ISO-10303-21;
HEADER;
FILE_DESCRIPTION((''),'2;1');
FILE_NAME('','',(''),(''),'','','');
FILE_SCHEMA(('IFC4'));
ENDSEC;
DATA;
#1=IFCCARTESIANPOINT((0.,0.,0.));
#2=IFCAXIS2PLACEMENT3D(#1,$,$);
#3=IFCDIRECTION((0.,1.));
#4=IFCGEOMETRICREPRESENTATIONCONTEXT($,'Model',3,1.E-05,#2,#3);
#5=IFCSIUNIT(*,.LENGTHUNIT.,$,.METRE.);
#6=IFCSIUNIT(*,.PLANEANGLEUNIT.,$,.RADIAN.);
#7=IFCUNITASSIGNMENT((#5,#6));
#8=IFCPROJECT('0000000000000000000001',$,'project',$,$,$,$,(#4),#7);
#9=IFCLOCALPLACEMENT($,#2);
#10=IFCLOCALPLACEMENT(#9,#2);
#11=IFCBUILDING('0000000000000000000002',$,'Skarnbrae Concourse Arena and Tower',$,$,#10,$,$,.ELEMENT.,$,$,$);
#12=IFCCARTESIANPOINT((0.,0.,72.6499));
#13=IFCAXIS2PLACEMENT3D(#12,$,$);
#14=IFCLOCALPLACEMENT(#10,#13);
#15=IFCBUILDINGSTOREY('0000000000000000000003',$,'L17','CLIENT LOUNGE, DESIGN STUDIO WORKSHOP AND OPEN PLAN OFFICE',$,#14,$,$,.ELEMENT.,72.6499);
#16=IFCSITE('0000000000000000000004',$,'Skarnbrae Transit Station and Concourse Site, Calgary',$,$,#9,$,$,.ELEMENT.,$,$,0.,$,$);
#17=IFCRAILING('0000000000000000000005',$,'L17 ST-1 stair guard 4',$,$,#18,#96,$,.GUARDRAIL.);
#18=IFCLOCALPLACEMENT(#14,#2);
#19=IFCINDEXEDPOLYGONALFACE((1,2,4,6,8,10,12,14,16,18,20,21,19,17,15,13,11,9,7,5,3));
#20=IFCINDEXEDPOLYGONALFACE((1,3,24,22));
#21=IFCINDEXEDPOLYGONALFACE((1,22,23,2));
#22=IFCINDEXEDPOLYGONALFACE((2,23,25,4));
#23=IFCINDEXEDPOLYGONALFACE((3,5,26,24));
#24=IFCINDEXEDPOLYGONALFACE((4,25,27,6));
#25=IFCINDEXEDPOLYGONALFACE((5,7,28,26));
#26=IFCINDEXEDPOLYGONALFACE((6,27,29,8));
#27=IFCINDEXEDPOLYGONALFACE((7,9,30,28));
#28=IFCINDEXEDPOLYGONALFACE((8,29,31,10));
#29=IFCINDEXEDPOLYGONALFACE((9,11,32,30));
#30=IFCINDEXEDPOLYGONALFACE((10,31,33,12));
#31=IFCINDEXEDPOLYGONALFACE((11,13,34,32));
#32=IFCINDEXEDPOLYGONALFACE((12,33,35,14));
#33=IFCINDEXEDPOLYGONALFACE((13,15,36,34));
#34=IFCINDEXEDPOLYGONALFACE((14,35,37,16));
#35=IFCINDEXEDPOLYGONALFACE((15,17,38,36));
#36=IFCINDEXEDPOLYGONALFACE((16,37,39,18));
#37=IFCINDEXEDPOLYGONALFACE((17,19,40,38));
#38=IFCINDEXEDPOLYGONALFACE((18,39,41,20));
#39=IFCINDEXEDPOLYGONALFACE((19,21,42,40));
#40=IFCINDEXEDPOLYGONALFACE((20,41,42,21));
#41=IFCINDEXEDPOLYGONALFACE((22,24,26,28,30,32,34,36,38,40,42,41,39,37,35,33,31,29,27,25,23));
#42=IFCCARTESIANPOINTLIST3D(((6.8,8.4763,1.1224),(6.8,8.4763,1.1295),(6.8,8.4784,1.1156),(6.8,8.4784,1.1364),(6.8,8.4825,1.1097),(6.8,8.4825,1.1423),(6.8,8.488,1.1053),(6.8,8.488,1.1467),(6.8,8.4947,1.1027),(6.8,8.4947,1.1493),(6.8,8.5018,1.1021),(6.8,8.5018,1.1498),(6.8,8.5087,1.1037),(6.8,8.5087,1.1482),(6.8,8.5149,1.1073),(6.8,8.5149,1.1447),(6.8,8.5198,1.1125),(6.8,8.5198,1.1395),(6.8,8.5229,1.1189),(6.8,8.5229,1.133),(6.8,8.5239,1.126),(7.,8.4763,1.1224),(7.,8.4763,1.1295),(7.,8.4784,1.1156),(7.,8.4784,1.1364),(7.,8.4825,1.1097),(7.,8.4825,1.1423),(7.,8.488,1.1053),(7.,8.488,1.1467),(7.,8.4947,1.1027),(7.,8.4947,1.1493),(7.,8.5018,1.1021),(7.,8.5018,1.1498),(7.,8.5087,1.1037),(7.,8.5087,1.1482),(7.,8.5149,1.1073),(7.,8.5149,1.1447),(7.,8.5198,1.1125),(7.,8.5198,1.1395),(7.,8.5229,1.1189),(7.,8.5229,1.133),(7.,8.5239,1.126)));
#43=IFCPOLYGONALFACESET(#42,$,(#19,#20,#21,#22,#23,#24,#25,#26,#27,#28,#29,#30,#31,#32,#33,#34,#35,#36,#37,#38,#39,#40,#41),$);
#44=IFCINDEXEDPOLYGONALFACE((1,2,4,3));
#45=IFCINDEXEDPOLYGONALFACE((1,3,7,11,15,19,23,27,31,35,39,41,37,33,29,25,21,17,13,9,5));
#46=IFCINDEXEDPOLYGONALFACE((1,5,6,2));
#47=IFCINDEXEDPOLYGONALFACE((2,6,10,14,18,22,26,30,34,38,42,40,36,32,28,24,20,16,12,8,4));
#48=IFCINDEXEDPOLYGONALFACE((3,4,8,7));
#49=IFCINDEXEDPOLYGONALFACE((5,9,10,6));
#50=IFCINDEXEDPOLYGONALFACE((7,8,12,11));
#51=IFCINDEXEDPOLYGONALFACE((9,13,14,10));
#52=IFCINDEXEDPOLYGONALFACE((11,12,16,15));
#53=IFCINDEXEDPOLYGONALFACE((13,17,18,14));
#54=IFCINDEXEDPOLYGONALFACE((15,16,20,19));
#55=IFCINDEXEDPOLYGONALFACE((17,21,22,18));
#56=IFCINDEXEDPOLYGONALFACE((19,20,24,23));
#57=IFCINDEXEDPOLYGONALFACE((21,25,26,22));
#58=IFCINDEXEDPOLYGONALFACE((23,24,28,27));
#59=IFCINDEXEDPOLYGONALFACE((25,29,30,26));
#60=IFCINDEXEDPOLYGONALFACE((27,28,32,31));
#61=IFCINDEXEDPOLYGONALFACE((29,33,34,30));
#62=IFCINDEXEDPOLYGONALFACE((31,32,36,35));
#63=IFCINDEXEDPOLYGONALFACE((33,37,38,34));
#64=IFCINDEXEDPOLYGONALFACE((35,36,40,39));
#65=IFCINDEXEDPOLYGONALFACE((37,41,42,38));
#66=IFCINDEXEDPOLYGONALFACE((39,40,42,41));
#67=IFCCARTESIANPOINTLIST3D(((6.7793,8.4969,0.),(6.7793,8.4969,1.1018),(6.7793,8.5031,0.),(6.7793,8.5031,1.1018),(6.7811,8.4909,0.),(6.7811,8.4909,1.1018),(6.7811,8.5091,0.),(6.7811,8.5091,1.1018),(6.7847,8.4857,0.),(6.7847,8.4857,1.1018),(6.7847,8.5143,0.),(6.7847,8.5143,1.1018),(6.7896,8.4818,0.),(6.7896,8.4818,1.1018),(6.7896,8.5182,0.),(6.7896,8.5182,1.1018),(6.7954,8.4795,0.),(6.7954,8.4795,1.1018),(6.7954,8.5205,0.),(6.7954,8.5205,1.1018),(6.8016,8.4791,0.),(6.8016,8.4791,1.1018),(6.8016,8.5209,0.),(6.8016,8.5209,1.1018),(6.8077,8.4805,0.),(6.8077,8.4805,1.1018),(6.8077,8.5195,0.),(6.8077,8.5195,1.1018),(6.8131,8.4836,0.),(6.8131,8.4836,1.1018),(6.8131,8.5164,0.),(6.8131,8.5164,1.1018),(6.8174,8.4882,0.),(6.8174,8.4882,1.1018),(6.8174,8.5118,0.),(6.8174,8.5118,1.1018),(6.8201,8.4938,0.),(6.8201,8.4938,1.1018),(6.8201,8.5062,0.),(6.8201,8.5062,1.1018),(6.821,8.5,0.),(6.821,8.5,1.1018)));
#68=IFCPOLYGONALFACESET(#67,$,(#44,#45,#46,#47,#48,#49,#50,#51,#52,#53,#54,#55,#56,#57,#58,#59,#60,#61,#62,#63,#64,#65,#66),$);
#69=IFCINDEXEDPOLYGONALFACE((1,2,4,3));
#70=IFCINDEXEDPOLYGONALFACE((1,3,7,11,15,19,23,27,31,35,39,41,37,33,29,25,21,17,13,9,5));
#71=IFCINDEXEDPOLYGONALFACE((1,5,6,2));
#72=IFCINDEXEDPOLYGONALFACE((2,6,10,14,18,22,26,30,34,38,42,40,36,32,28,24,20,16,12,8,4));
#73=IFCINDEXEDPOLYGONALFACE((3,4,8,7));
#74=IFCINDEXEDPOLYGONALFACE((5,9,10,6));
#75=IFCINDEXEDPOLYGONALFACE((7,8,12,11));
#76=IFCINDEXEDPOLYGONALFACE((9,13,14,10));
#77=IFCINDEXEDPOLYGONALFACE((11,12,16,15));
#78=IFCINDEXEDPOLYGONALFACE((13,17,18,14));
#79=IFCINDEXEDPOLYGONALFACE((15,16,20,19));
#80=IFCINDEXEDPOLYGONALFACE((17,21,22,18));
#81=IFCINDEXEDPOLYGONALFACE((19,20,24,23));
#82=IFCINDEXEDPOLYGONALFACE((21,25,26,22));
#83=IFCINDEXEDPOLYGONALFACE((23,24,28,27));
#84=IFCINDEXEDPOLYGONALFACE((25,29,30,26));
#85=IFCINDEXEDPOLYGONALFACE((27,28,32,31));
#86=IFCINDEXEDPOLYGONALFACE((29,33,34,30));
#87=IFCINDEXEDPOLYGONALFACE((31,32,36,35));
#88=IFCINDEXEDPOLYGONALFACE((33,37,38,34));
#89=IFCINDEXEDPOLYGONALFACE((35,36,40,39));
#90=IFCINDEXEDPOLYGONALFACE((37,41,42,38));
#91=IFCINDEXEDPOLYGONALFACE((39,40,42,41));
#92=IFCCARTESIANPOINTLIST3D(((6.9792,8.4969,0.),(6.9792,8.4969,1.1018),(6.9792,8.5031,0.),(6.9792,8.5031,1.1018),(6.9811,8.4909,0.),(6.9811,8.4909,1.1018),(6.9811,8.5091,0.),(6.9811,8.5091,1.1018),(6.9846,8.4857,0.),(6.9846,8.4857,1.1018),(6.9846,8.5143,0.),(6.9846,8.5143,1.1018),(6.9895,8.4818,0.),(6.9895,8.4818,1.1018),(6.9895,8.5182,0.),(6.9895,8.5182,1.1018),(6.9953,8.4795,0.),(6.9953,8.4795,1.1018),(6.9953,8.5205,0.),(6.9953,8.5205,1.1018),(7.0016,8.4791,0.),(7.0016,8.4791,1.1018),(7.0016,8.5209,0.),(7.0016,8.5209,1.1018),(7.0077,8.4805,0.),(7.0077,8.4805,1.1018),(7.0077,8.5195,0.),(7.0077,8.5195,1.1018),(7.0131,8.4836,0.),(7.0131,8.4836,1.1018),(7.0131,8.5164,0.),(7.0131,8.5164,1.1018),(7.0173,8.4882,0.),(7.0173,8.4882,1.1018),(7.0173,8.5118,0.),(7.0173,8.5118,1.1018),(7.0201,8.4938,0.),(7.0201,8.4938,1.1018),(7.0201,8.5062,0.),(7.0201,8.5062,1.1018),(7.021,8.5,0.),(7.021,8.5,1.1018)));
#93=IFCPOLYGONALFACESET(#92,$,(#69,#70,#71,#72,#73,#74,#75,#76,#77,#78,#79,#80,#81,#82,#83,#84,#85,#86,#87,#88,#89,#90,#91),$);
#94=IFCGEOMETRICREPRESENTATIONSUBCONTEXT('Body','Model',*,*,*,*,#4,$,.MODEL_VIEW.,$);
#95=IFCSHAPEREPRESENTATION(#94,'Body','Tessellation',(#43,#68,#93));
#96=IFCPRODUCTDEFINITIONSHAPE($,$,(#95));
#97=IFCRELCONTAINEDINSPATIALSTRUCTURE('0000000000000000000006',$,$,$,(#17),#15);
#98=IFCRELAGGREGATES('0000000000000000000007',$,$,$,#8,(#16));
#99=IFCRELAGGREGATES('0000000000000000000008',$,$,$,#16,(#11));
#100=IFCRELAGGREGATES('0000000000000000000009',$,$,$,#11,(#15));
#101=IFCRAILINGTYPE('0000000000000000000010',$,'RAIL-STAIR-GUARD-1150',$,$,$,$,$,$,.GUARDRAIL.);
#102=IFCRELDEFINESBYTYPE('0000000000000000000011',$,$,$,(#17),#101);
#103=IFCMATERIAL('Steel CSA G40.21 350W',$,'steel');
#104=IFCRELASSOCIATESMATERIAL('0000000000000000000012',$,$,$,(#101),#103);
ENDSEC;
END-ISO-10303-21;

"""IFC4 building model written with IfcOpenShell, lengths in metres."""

from ifc_helpers import new_model, si_unit, direction, frame, origin, origin_2d, place, context, subcontext, project, spatial, circle, extrude, material, type_object, element, save


model = new_model("IFC4")

# Units and contexts
model_context = context("Model", 3, precision=1e-05, world=origin(), true_north=direction((0.0, 1.0)))
body_context = subcontext(model_context, "Body", "Model", "MODEL_VIEW")
ifc_project = project(units=[si_unit("LENGTHUNIT", "METRE"), si_unit("PLANEANGLEUNIT", "RADIAN")], contexts=[model_context])

# Site, building, storey
site_placement = place(None, origin())
site = spatial("IfcSite", under=ifc_project, at=site_placement, Name="Skarnbrae Transit Station and Concourse Site, Calgary", CompositionType="ELEMENT", RefElevation=0.0)
building_placement = place(site_placement, origin())
building = spatial("IfcBuilding", under=site, at=building_placement, Name="Skarnbrae Concourse Arena and Tower", CompositionType="ELEMENT")
storey_placement = place(building_placement, frame((0.0, 0.0, 72.6499)))
storey = spatial("IfcBuildingStorey", under=building, at=storey_placement, Name="L17", Description="CLIENT LOUNGE, DESIGN STUDIO WORKSHOP AND OPEN PLAN OFFICE", CompositionType="ELEMENT", Elevation=72.6499)

# Shared definitions
ifc_material_1 = material(Name="Steel CSA G40.21 350W", Category="steel")

# Railing
railing_type_1 = type_object("IfcRailingType", Name="RAIL-STAIR-GUARD-1150", PredefinedType="GUARDRAIL", material=ifc_material_1)
railing_1_placement = place(storey_placement, frame((6.8, 8.5, 0.0)))
element("IfcRailing", 1, at=railing_1_placement, inside=storey, type_object=railing_type_1, Name="L17 ST-1 stair guard 4", PredefinedType="GUARDRAIL", context=body_context, shape_type="SweptSolid", body=[
    extrude(circle(Radius=0.0239, at=origin_2d()), frame((0.0, 0.0, 1.126), z_axis=(1.0, 0.0, 0.0), x_axis=(0.0, 1.0, 0.0)), (0.0, 0.0, 1.0), 0.2),
    extrude(circle(Radius=0.021, at=origin_2d()), origin(), (0.0, 0.0, 1.0), 1.1018),
    extrude(circle(Radius=0.021, at=origin_2d()), frame((0.2, 0.0, 0.0)), (0.0, 0.0, 1.0), 1.1018),
])

save(model, "model.ifc")
